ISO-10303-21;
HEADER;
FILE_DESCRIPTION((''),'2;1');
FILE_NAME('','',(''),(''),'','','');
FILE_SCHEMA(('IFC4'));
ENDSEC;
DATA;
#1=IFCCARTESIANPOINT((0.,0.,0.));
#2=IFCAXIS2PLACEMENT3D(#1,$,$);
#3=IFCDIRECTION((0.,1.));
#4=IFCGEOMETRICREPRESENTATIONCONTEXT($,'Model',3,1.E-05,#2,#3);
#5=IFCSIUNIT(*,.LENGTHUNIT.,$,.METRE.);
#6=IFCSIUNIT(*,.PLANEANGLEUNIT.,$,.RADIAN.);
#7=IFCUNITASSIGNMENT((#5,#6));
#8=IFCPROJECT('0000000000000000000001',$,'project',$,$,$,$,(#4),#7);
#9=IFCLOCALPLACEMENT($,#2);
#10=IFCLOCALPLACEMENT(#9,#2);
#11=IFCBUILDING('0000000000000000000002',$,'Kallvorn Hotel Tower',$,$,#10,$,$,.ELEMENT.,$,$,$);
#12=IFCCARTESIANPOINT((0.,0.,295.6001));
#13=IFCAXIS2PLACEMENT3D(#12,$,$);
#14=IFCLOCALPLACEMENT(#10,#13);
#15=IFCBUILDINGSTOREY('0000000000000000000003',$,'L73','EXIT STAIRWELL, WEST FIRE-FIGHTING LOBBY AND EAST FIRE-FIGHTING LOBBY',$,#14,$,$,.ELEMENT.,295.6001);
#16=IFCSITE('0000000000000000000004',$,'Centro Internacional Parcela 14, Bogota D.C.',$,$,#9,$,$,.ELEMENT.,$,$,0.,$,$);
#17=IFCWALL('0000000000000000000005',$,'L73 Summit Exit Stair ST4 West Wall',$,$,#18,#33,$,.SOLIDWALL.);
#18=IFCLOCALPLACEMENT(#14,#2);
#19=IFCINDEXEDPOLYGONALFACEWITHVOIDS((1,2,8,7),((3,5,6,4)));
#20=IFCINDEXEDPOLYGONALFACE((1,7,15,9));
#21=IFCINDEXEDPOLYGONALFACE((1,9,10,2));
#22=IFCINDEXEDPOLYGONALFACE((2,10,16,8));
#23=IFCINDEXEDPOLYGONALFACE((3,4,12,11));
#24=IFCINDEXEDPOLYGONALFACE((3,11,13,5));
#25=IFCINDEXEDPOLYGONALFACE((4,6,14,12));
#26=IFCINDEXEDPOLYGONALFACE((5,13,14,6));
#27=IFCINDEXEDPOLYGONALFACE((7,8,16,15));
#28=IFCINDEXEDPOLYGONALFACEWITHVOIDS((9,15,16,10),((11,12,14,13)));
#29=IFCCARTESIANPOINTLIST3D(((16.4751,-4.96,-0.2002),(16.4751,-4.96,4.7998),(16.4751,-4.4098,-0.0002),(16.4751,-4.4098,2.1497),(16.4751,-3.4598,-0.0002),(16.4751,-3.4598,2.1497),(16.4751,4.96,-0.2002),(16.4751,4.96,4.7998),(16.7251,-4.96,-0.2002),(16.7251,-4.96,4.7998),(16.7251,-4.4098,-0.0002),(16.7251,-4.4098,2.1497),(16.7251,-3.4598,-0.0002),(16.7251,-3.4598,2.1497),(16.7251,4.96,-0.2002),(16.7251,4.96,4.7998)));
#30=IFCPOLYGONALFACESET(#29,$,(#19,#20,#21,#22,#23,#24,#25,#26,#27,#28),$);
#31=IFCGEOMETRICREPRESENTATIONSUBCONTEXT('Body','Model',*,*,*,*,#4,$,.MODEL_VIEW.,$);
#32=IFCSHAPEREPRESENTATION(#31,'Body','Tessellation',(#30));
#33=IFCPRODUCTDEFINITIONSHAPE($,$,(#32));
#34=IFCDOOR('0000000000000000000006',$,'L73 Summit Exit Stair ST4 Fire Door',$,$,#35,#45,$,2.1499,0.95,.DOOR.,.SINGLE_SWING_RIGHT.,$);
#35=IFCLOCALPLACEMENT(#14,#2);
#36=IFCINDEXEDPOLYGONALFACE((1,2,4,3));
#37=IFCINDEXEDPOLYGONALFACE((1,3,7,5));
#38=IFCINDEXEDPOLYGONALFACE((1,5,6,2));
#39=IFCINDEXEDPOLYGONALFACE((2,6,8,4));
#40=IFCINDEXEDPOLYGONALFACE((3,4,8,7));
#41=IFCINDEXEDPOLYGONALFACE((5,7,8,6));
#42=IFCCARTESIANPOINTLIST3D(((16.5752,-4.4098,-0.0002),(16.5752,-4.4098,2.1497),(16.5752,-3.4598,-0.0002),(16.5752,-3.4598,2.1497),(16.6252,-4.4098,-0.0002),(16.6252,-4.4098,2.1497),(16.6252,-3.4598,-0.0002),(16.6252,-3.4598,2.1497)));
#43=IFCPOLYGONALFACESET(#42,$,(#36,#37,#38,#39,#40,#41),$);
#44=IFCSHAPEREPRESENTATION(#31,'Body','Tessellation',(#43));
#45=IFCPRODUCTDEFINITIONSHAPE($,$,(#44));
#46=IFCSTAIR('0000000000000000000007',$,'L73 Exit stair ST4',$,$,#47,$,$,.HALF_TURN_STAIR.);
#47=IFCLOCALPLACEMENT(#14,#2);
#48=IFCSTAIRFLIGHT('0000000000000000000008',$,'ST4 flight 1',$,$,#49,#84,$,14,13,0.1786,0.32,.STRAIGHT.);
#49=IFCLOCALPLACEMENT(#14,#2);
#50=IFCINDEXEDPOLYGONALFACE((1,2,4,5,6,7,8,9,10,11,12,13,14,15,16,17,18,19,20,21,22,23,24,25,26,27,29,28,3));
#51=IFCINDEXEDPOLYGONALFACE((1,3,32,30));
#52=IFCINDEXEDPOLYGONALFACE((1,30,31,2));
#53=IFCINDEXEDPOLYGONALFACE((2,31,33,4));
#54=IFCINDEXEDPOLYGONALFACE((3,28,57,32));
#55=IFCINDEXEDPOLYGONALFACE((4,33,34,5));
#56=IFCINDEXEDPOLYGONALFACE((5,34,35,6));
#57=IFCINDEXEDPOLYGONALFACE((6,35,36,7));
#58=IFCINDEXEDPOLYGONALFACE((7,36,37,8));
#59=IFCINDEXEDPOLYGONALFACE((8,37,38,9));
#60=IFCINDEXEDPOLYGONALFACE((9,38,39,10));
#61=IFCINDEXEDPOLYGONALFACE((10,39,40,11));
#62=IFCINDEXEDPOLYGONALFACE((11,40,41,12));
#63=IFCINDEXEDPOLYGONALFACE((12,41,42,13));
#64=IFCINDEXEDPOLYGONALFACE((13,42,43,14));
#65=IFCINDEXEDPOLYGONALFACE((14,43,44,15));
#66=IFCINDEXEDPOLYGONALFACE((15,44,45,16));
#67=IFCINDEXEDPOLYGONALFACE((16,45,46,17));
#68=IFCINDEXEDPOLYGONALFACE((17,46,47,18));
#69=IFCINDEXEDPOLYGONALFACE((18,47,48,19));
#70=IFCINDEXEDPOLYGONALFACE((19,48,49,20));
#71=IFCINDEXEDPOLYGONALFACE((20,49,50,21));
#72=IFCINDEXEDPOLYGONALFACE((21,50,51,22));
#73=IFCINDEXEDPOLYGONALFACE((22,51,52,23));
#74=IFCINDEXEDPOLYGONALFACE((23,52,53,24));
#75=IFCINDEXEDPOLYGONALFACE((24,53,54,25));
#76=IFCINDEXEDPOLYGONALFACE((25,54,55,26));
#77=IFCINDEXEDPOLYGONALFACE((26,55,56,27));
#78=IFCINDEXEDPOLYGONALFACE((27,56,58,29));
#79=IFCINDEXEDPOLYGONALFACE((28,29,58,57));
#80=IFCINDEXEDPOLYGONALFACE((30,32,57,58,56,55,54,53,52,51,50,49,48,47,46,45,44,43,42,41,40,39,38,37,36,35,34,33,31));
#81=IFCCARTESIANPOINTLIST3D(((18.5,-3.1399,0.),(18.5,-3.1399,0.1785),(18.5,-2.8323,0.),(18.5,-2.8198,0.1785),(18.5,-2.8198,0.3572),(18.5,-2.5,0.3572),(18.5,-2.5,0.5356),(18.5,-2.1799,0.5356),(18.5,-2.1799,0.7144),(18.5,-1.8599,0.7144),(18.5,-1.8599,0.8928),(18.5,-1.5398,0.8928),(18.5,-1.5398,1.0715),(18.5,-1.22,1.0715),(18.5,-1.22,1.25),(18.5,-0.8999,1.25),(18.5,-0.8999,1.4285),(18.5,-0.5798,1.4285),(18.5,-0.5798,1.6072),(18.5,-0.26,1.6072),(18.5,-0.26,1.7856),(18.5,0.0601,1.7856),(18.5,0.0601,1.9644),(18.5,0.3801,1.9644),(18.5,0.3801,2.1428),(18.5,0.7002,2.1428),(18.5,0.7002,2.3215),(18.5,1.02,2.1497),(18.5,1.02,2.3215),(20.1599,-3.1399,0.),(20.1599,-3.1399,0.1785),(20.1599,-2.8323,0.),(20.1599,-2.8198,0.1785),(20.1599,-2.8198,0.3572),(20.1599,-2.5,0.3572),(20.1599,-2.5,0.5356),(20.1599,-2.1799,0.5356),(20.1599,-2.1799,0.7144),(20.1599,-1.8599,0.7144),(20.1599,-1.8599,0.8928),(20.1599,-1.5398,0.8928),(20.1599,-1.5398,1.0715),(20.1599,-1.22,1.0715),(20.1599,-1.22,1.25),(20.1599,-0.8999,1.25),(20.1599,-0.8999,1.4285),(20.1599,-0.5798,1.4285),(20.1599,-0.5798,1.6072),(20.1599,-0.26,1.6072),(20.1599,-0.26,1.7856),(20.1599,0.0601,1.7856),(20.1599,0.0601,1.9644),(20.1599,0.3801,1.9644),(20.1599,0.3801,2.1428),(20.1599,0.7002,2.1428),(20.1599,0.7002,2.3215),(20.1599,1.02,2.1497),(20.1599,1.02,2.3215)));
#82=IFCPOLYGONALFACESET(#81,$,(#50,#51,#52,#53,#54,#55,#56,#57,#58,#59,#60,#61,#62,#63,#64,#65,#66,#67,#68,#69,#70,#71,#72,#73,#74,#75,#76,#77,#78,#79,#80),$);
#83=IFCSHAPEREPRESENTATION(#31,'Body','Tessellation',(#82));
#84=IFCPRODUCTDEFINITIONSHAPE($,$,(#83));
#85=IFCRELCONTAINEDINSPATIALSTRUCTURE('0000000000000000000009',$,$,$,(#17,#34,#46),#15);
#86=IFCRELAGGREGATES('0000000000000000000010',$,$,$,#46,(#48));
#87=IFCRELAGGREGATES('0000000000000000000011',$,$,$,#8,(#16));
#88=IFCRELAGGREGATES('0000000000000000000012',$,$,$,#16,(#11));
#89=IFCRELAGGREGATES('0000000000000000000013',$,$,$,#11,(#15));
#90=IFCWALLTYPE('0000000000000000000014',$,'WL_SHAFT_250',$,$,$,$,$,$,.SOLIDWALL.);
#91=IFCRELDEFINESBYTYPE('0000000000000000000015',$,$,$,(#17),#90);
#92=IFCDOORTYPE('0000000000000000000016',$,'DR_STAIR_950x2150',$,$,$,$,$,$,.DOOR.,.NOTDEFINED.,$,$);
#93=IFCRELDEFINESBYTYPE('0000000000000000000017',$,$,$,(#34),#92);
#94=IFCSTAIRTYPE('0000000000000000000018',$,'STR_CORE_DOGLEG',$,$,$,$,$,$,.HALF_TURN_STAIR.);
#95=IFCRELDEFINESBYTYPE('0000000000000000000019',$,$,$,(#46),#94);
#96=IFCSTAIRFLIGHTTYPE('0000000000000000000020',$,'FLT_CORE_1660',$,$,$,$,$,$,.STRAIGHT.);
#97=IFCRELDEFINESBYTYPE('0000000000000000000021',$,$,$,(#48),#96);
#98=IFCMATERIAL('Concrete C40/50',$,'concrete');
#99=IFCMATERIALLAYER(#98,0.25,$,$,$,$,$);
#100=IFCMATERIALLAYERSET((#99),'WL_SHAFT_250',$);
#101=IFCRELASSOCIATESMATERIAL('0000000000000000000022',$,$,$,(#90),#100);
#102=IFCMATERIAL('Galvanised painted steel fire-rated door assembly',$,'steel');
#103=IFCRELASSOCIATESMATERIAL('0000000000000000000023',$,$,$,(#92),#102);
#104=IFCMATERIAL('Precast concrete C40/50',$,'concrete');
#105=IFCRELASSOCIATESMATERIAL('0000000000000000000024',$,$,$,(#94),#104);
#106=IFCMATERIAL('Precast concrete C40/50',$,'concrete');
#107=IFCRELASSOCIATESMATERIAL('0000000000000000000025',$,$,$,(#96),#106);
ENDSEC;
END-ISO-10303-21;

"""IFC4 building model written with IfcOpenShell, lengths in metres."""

from ifc_helpers import new_model, si_unit, direction, frame, frame_2d, origin, place, context, subcontext, project, spatial, polyline, rectangle, outline, extrude, material, layer, layer_set, type_object, element, fill, aggregate, save


model = new_model("IFC4")

# Units and contexts
model_context = context("Model", 3, precision=1e-05, world=origin(), true_north=direction((0.0, 1.0)))
body_context = subcontext(model_context, "Body", "Model", "MODEL_VIEW")
ifc_project = project(units=[si_unit("LENGTHUNIT", "METRE"), si_unit("PLANEANGLEUNIT", "RADIAN")], contexts=[model_context])

# Site, building, storey
site_placement = place(None, origin())
site = spatial("IfcSite", under=ifc_project, at=site_placement, Name="Centro Internacional Parcela 14, Bogota D.C.", CompositionType="ELEMENT", RefElevation=0.0)
building_placement = place(site_placement, origin())
building = spatial("IfcBuilding", under=site, at=building_placement, Name="Kallvorn Hotel Tower", CompositionType="ELEMENT")
storey_placement = place(building_placement, frame((0.0, 0.0, 295.6001)))
storey = spatial("IfcBuildingStorey", under=building, at=storey_placement, Name="L73", Description="EXIT STAIRWELL, WEST FIRE-FIGHTING LOBBY AND EAST FIRE-FIGHTING LOBBY", CompositionType="ELEMENT", Elevation=295.6001)

# Shared definitions
ifc_material_1 = material(Name="Concrete C40/50", Category="concrete")
ifc_layer_1 = layer(ifc_material_1, 0.25)
ifc_layer_set_1 = layer_set([ifc_layer_1], Name="WL_SHAFT_250")
wall_type_1 = type_object("IfcWallType", Name="WL_SHAFT_250", PredefinedType="SOLIDWALL", material=ifc_layer_set_1)

# Wall, opening, door
wall_1_placement = place(storey_placement, frame((16.6001, -4.96, -0.2002), z_axis=(0.0, 0.0, 1.0), x_axis=(0.0, 1.0, 0.0)))
wall_1 = element("IfcWall", 1, at=wall_1_placement, inside=storey, type_object=wall_type_1, Name="L73 Summit Exit Stair ST4 West Wall", PredefinedType="SOLIDWALL", context=body_context, shape_type="SweptSolid", body=[
    extrude(rectangle(XDim=9.9199, YDim=0.25, at=frame_2d((4.96, 0.0))), origin(), (0.0, 0.0, 1.0), 5.0),
])
opening_placement = place(wall_1_placement, frame((0.55, 0.0, 0.2)))
opening = element("IfcOpeningElement", 2, at=opening_placement, cuts=wall_1, PredefinedType="OPENING", context=body_context, shape_type="SweptSolid", body=[
    extrude(rectangle(XDim=0.95, YDim=2.1499, at=frame_2d((0.4751, 1.075))), frame((0.0, 0.1399, 0.0), z_axis=(0.0, -1.0, 0.0), x_axis=(1.0, 0.0, 0.0)), (0.0, 0.0, 1.0), 0.28),
])
ifc_material_2 = material(Name="Galvanised painted steel fire-rated door assembly", Category="steel")
door_type = type_object("IfcDoorType", Name="DR_STAIR_950x2150", OperationType="NOTDEFINED", PredefinedType="DOOR", material=ifc_material_2)
door_placement = place(opening_placement, origin())
door = element("IfcDoor", 3, at=door_placement, inside=storey, type_object=door_type, Name="L73 Summit Exit Stair ST4 Fire Door", OperationType="SINGLE_SWING_RIGHT", OverallHeight=2.1499, OverallWidth=0.95, PredefinedType="DOOR", context=body_context, shape_type="SweptSolid", body=[
    extrude(rectangle(XDim=0.95, YDim=2.1499, at=frame_2d((0.4751, 1.075))), frame((0.0, 0.0249, 0.0), z_axis=(0.0, -1.0, 0.0), x_axis=(1.0, 0.0, 0.0)), (0.0, 0.0, 1.0), 0.05),
])
fill(opening, door)

# Stair, stair flight
ifc_material_3 = material(Name="Precast concrete C40/50", Category="concrete")
stair_type = type_object("IfcStairType", Name="STR_CORE_DOGLEG", PredefinedType="HALF_TURN_STAIR", material=ifc_material_3)
stair_placement = place(storey_placement, origin())
stair = element("IfcStair", 4, at=stair_placement, inside=storey, type_object=stair_type, Name="L73 Exit stair ST4", PredefinedType="HALF_TURN_STAIR")
ifc_material_4 = material(Name="Precast concrete C40/50", Category="concrete")
stair_flight_type = type_object("IfcStairFlightType", Name="FLT_CORE_1660", PredefinedType="STRAIGHT", material=ifc_material_4)
stair_flight_placement = place(storey_placement, frame((19.3301, -3.1399, 0.0), z_axis=(0.0, 0.0, 1.0), x_axis=(0.0, 1.0, 0.0)))
stair_flight = element("IfcStairFlight", 5, at=stair_flight_placement, type_object=stair_flight_type, Name="ST4 flight 1", NumberOfRisers=14, NumberOfTreads=13, PredefinedType="STRAIGHT", RiserHeight=0.1786, TreadLength=0.32, context=body_context, shape_type="SweptSolid", body=[
    extrude(outline(polyline([(0.0, 0.0), (0.0, 0.1785), (0.3201, 0.1785), (0.3201, 0.3572), (0.6399, 0.3572), (0.6399, 0.5356), (0.96, 0.5356), (0.96, 0.7144), (1.28, 0.7144), (1.28, 0.8928), (1.6001, 0.8928), (1.6001, 1.0715), (1.9199, 1.0715), (1.9199, 1.25), (2.24, 1.25), (2.24, 1.4285), (2.5601, 1.4285), (2.5601, 1.6072), (2.8799, 1.6072), (2.8799, 1.7856), (3.2, 1.7856), (3.2, 1.9644), (3.52, 1.9644), (3.52, 2.1428), (3.8401, 2.1428), (3.8401, 2.3215), (4.1599, 2.3215), (4.1599, 2.5), (4.1599, 2.1497), (0.3076, 0.0), (0.0, 0.0)])), frame((0.0, 0.8301, 0.0), z_axis=(0.0, -1.0, 0.0), x_axis=(1.0, 0.0, 0.0)), (0.0, 0.0, 1.0), 1.6599),
])
aggregate(stair, [stair_flight])

save(model, "model.ifc")
